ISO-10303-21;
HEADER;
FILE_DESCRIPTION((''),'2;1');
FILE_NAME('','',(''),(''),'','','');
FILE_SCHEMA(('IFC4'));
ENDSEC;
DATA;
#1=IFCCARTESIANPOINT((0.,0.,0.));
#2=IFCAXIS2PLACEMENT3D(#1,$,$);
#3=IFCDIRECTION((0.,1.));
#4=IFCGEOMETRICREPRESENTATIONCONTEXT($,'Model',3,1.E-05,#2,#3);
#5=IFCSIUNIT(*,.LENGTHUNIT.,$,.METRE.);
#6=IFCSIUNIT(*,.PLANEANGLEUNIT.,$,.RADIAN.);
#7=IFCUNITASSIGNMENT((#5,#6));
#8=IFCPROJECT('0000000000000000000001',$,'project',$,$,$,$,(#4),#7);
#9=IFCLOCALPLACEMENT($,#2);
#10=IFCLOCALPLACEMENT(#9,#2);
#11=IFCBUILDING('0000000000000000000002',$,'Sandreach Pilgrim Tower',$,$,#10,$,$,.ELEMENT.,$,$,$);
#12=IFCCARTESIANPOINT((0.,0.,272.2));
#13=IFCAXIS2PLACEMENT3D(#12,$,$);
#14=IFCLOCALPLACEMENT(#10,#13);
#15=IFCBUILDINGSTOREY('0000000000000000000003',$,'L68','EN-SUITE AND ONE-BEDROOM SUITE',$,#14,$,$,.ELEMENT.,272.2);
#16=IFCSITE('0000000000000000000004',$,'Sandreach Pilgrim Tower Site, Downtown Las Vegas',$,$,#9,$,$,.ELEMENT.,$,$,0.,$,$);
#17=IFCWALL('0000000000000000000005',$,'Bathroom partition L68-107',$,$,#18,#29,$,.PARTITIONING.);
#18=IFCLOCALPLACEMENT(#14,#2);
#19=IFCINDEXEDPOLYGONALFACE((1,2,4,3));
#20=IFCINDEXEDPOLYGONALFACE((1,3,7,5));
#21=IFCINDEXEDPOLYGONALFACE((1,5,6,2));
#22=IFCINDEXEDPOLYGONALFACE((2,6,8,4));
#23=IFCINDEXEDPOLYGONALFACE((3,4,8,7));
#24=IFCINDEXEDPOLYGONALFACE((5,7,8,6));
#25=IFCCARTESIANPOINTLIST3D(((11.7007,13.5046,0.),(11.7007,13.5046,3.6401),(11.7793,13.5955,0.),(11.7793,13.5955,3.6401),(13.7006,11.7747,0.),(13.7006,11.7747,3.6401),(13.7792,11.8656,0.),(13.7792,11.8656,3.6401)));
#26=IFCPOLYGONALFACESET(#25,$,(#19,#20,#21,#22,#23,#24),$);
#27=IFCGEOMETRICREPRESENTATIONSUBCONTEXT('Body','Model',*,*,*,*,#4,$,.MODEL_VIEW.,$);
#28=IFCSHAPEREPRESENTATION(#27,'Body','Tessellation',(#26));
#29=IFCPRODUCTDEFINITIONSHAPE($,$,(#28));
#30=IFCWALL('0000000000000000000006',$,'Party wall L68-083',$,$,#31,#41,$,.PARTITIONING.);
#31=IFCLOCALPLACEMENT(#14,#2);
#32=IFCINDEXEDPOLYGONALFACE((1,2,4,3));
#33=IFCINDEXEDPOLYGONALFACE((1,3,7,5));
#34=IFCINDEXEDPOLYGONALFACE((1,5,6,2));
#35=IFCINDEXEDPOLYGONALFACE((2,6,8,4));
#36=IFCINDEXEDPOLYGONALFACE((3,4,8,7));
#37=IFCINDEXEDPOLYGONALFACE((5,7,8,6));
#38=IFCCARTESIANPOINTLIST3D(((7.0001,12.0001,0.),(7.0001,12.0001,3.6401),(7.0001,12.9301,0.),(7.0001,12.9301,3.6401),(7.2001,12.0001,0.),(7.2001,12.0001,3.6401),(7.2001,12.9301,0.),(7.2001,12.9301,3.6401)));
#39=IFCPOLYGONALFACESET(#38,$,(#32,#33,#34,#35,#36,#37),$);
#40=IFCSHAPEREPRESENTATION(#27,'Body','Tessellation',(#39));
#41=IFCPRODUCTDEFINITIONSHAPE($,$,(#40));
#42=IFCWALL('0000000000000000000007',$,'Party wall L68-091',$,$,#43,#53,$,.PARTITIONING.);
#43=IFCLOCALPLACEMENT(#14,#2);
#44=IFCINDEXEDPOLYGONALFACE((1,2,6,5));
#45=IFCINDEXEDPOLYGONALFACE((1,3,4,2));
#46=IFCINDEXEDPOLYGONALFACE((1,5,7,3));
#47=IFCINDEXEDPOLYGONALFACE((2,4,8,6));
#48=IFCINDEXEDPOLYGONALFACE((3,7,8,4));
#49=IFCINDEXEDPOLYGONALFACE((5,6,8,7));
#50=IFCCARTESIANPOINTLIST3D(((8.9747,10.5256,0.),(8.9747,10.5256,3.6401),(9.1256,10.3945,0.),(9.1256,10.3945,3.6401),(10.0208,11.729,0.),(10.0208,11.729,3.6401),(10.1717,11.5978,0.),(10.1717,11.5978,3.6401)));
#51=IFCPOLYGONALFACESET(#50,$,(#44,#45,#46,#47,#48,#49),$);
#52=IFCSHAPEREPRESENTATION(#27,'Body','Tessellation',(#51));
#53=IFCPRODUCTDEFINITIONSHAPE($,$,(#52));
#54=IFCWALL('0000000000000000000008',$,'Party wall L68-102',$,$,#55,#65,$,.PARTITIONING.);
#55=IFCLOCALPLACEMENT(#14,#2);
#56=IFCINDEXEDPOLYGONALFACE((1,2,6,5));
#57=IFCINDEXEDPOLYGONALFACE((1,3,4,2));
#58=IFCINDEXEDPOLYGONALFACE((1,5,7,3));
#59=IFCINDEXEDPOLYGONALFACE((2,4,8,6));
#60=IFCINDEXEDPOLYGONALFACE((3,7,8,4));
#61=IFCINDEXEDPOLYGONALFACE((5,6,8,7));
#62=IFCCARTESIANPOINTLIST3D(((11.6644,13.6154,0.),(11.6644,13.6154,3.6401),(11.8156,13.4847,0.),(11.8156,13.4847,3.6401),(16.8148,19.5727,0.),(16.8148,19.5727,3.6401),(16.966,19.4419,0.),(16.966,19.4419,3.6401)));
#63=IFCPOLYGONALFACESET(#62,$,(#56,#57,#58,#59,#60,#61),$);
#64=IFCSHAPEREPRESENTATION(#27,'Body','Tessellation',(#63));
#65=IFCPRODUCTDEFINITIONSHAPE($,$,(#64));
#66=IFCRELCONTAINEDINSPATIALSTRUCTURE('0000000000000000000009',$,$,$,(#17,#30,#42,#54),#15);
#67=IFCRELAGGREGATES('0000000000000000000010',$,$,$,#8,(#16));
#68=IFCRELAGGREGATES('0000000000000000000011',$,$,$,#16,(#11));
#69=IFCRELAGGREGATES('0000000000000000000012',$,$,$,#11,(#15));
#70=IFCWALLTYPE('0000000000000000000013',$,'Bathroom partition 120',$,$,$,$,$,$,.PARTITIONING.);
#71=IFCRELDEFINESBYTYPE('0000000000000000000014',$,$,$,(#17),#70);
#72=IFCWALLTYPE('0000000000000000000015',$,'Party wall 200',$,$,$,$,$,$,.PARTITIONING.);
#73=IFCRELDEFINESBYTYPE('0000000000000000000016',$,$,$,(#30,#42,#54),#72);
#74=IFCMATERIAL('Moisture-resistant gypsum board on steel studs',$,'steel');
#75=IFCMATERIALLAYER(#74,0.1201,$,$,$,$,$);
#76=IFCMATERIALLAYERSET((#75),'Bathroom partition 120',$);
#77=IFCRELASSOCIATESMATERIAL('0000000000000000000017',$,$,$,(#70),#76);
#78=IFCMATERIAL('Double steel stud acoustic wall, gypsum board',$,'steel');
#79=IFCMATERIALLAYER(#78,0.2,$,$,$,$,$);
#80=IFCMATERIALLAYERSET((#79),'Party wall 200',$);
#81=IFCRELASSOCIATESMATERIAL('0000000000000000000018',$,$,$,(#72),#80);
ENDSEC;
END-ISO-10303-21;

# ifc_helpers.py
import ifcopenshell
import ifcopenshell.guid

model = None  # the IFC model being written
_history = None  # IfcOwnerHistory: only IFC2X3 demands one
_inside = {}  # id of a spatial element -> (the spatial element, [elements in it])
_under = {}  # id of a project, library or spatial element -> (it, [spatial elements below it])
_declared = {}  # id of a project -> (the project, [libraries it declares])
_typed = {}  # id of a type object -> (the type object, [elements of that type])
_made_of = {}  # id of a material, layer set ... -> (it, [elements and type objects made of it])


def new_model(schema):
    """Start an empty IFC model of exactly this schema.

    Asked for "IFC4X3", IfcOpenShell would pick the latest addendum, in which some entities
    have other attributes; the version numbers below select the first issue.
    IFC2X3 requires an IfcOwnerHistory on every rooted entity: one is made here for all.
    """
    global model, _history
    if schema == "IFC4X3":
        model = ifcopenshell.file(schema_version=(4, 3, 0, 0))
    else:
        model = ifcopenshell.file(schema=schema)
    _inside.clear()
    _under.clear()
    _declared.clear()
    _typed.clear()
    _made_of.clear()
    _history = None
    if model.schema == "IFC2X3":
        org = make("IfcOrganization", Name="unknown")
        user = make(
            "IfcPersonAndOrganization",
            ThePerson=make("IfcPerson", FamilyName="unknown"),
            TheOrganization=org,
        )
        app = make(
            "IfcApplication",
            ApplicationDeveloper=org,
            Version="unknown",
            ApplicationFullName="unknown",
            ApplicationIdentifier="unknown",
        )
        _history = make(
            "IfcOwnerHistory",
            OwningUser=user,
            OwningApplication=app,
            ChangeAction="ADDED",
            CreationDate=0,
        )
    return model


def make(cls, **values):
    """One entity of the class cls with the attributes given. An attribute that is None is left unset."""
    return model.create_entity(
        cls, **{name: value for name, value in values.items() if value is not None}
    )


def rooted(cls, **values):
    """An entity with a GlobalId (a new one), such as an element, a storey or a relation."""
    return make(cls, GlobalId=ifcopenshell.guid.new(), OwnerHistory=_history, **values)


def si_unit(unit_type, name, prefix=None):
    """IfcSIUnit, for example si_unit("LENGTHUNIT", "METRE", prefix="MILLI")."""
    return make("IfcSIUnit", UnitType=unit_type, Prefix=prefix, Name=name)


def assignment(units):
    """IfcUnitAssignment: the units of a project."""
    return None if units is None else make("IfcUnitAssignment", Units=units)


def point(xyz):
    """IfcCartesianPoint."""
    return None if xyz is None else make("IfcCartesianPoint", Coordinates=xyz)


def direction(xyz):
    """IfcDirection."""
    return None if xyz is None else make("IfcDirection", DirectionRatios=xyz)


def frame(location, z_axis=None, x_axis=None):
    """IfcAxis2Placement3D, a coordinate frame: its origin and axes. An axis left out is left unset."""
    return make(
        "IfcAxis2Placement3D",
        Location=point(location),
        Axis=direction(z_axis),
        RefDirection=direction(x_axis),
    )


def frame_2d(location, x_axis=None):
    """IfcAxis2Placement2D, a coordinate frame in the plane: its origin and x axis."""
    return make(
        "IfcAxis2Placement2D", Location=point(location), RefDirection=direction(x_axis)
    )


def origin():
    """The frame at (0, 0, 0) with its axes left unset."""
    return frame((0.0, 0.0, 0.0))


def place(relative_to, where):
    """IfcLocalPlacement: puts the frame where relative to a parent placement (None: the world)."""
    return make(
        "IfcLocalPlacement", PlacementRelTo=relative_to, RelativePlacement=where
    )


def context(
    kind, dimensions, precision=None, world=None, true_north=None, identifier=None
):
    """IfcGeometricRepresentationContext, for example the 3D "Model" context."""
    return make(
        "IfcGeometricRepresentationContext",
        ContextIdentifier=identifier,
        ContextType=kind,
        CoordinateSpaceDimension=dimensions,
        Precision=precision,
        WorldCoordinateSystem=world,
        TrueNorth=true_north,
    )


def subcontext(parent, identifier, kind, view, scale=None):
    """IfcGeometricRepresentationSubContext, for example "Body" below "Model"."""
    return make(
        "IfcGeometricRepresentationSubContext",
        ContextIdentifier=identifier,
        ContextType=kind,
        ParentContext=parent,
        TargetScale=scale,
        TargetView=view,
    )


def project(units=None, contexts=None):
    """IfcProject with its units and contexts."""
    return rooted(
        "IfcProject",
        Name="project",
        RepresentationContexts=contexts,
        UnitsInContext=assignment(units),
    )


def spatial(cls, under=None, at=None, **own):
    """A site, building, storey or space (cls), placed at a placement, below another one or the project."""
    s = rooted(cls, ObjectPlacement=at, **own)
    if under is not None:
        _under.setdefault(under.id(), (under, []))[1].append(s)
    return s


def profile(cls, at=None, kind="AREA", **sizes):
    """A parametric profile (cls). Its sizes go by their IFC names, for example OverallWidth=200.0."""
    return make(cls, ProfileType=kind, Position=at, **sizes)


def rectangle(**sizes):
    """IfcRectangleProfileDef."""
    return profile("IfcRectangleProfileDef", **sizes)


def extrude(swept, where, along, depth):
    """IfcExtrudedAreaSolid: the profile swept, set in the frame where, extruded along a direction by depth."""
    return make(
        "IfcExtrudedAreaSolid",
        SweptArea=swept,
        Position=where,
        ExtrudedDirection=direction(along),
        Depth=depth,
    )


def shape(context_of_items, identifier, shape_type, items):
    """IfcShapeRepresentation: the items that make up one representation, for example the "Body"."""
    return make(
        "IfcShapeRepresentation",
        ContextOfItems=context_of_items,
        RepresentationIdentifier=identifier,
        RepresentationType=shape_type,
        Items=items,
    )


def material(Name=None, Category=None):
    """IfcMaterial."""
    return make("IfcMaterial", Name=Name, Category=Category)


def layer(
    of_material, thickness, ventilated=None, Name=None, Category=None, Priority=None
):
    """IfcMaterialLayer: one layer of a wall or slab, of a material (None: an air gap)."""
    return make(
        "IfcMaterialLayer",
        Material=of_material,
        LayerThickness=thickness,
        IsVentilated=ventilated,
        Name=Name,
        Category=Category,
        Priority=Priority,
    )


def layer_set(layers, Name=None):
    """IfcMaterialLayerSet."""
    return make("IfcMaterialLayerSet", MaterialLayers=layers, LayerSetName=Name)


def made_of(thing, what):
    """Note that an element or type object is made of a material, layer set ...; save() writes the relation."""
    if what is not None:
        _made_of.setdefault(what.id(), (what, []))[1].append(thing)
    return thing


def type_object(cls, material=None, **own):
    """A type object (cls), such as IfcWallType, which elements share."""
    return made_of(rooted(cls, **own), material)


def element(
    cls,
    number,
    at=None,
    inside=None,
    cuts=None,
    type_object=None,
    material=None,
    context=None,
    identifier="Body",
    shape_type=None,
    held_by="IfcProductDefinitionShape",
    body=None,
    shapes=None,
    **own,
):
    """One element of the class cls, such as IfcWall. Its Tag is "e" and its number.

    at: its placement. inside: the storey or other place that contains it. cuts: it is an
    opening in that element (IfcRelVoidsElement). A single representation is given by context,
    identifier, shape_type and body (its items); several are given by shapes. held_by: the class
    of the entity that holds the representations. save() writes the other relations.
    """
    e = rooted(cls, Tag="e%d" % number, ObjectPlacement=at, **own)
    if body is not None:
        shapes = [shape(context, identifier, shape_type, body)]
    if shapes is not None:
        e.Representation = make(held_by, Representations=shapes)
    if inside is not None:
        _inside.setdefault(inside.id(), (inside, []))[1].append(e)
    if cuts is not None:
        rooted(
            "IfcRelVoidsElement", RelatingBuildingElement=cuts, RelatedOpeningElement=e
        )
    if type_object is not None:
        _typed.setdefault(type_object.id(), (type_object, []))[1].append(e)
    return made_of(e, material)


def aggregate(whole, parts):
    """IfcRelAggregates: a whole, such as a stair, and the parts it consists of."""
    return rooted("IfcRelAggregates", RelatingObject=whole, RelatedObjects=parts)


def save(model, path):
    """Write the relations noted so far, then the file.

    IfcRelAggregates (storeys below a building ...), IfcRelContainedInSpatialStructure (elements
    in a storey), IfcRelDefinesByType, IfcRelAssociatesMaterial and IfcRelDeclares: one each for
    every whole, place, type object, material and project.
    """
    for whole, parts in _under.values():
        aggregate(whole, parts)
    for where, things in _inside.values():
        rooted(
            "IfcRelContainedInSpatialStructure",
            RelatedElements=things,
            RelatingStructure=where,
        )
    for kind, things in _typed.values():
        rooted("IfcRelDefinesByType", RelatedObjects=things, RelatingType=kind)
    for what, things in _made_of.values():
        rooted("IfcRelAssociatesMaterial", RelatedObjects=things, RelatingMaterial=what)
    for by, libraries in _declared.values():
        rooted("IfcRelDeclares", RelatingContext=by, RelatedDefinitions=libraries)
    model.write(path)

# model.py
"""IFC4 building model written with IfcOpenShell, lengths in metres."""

from ifc_helpers import new_model, si_unit, direction, frame, frame_2d, origin, place, context, subcontext, project, spatial, rectangle, extrude, material, layer, layer_set, type_object, element, save


model = new_model("IFC4")

# Units and contexts
model_context = context("Model", 3, precision=1e-05, world=origin(), true_north=direction((0.0, 1.0)))
body_context = subcontext(model_context, "Body", "Model", "MODEL_VIEW")
ifc_project = project(units=[si_unit("LENGTHUNIT", "METRE"), si_unit("PLANEANGLEUNIT", "RADIAN")], contexts=[model_context])

# Site, building, storey
site_placement = place(None, origin())
site = spatial("IfcSite", under=ifc_project, at=site_placement, Name="Sandreach Pilgrim Tower Site, Downtown Las Vegas", CompositionType="ELEMENT", RefElevation=0.0)
building_placement = place(site_placement, origin())
building = spatial("IfcBuilding", under=site, at=building_placement, Name="Sandreach Pilgrim Tower", CompositionType="ELEMENT")
storey_placement = place(building_placement, frame((0.0, 0.0, 272.2)))
storey = spatial("IfcBuildingStorey", under=building, at=storey_placement, Name="L68", Description="EN-SUITE AND ONE-BEDROOM SUITE", CompositionType="ELEMENT", Elevation=272.2)

# Shared definitions
ifc_material_1 = material(Name="Moisture-resistant gypsum board on steel studs", Category="steel")
ifc_layer_1 = layer(ifc_material_1, 0.1201)
ifc_layer_set_1 = layer_set([ifc_layer_1], Name="Bathroom partition 120")
wall_type_1 = type_object("IfcWallType", Name="Bathroom partition 120", PredefinedType="PARTITIONING", material=ifc_layer_set_1)

# Walls
wall_1_placement = place(storey_placement, frame((13.74, 11.8201, 0.0), z_axis=(0.0, 0.0, 1.0), x_axis=(-0.756316, 0.654206, 0.0)))
element("IfcWall", 1, at=wall_1_placement, inside=storey, type_object=wall_type_1, Name="Bathroom partition L68-107", PredefinedType="PARTITIONING", context=body_context, shape_type="SweptSolid", body=[
    extrude(rectangle(XDim=2.6443, YDim=0.1201, at=frame_2d((1.3223, 0.0))), origin(), (0.0, 0.0, 1.0), 3.6401),
])
ifc_material_2 = material(Name="Double steel stud acoustic wall, gypsum board", Category="steel")
ifc_layer_2 = layer(ifc_material_2, 0.2)
ifc_layer_set_2 = layer_set([ifc_layer_2], Name="Party wall 200")
wall_type_2 = type_object("IfcWallType", Name="Party wall 200", PredefinedType="PARTITIONING", material=ifc_layer_set_2)
wall_2_placement = place(storey_placement, frame((7.1001, 12.9299, 0.0), z_axis=(0.0, 0.0, 1.0), x_axis=(0.0, -1.0, 0.0)))
element("IfcWall", 2, at=wall_2_placement, inside=storey, type_object=wall_type_2, Name="Party wall L68-083", PredefinedType="PARTITIONING", context=body_context, shape_type="SweptSolid", body=[
    extrude(rectangle(XDim=0.9299, YDim=0.2, at=frame_2d((0.4648, 0.0))), origin(), (0.0, 0.0, 1.0), 3.6401),
])
wall_3_placement = place(storey_placement, frame((9.05, 10.46, 0.0), z_axis=(0.0, 0.0, 1.0), x_axis=(0.656084, 0.754688, 0.0)))
element("IfcWall", 3, at=wall_3_placement, inside=storey, type_object=wall_type_2, Name="Party wall L68-091", PredefinedType="PARTITIONING", context=body_context, shape_type="SweptSolid", body=[
    extrude(rectangle(XDim=1.5945, YDim=0.2, at=frame_2d((0.7974, 0.0))), origin(), (0.0, 0.0, 1.0), 3.6401),
])
wall_4_placement = place(storey_placement, frame((11.74, 13.55, 0.0), z_axis=(0.0, 0.0, 1.0), x_axis=(0.654018, 0.756479, 0.0)))
element("IfcWall", 4, at=wall_4_placement, inside=storey, type_object=wall_type_2, Name="Party wall L68-102", PredefinedType="PARTITIONING", context=body_context, shape_type="SweptSolid", body=[
    extrude(rectangle(XDim=7.875, YDim=0.2, at=frame_2d((3.9375, 0.0))), origin(), (0.0, 0.0, 1.0), 3.6401),
])

save(model, "model.ifc")
